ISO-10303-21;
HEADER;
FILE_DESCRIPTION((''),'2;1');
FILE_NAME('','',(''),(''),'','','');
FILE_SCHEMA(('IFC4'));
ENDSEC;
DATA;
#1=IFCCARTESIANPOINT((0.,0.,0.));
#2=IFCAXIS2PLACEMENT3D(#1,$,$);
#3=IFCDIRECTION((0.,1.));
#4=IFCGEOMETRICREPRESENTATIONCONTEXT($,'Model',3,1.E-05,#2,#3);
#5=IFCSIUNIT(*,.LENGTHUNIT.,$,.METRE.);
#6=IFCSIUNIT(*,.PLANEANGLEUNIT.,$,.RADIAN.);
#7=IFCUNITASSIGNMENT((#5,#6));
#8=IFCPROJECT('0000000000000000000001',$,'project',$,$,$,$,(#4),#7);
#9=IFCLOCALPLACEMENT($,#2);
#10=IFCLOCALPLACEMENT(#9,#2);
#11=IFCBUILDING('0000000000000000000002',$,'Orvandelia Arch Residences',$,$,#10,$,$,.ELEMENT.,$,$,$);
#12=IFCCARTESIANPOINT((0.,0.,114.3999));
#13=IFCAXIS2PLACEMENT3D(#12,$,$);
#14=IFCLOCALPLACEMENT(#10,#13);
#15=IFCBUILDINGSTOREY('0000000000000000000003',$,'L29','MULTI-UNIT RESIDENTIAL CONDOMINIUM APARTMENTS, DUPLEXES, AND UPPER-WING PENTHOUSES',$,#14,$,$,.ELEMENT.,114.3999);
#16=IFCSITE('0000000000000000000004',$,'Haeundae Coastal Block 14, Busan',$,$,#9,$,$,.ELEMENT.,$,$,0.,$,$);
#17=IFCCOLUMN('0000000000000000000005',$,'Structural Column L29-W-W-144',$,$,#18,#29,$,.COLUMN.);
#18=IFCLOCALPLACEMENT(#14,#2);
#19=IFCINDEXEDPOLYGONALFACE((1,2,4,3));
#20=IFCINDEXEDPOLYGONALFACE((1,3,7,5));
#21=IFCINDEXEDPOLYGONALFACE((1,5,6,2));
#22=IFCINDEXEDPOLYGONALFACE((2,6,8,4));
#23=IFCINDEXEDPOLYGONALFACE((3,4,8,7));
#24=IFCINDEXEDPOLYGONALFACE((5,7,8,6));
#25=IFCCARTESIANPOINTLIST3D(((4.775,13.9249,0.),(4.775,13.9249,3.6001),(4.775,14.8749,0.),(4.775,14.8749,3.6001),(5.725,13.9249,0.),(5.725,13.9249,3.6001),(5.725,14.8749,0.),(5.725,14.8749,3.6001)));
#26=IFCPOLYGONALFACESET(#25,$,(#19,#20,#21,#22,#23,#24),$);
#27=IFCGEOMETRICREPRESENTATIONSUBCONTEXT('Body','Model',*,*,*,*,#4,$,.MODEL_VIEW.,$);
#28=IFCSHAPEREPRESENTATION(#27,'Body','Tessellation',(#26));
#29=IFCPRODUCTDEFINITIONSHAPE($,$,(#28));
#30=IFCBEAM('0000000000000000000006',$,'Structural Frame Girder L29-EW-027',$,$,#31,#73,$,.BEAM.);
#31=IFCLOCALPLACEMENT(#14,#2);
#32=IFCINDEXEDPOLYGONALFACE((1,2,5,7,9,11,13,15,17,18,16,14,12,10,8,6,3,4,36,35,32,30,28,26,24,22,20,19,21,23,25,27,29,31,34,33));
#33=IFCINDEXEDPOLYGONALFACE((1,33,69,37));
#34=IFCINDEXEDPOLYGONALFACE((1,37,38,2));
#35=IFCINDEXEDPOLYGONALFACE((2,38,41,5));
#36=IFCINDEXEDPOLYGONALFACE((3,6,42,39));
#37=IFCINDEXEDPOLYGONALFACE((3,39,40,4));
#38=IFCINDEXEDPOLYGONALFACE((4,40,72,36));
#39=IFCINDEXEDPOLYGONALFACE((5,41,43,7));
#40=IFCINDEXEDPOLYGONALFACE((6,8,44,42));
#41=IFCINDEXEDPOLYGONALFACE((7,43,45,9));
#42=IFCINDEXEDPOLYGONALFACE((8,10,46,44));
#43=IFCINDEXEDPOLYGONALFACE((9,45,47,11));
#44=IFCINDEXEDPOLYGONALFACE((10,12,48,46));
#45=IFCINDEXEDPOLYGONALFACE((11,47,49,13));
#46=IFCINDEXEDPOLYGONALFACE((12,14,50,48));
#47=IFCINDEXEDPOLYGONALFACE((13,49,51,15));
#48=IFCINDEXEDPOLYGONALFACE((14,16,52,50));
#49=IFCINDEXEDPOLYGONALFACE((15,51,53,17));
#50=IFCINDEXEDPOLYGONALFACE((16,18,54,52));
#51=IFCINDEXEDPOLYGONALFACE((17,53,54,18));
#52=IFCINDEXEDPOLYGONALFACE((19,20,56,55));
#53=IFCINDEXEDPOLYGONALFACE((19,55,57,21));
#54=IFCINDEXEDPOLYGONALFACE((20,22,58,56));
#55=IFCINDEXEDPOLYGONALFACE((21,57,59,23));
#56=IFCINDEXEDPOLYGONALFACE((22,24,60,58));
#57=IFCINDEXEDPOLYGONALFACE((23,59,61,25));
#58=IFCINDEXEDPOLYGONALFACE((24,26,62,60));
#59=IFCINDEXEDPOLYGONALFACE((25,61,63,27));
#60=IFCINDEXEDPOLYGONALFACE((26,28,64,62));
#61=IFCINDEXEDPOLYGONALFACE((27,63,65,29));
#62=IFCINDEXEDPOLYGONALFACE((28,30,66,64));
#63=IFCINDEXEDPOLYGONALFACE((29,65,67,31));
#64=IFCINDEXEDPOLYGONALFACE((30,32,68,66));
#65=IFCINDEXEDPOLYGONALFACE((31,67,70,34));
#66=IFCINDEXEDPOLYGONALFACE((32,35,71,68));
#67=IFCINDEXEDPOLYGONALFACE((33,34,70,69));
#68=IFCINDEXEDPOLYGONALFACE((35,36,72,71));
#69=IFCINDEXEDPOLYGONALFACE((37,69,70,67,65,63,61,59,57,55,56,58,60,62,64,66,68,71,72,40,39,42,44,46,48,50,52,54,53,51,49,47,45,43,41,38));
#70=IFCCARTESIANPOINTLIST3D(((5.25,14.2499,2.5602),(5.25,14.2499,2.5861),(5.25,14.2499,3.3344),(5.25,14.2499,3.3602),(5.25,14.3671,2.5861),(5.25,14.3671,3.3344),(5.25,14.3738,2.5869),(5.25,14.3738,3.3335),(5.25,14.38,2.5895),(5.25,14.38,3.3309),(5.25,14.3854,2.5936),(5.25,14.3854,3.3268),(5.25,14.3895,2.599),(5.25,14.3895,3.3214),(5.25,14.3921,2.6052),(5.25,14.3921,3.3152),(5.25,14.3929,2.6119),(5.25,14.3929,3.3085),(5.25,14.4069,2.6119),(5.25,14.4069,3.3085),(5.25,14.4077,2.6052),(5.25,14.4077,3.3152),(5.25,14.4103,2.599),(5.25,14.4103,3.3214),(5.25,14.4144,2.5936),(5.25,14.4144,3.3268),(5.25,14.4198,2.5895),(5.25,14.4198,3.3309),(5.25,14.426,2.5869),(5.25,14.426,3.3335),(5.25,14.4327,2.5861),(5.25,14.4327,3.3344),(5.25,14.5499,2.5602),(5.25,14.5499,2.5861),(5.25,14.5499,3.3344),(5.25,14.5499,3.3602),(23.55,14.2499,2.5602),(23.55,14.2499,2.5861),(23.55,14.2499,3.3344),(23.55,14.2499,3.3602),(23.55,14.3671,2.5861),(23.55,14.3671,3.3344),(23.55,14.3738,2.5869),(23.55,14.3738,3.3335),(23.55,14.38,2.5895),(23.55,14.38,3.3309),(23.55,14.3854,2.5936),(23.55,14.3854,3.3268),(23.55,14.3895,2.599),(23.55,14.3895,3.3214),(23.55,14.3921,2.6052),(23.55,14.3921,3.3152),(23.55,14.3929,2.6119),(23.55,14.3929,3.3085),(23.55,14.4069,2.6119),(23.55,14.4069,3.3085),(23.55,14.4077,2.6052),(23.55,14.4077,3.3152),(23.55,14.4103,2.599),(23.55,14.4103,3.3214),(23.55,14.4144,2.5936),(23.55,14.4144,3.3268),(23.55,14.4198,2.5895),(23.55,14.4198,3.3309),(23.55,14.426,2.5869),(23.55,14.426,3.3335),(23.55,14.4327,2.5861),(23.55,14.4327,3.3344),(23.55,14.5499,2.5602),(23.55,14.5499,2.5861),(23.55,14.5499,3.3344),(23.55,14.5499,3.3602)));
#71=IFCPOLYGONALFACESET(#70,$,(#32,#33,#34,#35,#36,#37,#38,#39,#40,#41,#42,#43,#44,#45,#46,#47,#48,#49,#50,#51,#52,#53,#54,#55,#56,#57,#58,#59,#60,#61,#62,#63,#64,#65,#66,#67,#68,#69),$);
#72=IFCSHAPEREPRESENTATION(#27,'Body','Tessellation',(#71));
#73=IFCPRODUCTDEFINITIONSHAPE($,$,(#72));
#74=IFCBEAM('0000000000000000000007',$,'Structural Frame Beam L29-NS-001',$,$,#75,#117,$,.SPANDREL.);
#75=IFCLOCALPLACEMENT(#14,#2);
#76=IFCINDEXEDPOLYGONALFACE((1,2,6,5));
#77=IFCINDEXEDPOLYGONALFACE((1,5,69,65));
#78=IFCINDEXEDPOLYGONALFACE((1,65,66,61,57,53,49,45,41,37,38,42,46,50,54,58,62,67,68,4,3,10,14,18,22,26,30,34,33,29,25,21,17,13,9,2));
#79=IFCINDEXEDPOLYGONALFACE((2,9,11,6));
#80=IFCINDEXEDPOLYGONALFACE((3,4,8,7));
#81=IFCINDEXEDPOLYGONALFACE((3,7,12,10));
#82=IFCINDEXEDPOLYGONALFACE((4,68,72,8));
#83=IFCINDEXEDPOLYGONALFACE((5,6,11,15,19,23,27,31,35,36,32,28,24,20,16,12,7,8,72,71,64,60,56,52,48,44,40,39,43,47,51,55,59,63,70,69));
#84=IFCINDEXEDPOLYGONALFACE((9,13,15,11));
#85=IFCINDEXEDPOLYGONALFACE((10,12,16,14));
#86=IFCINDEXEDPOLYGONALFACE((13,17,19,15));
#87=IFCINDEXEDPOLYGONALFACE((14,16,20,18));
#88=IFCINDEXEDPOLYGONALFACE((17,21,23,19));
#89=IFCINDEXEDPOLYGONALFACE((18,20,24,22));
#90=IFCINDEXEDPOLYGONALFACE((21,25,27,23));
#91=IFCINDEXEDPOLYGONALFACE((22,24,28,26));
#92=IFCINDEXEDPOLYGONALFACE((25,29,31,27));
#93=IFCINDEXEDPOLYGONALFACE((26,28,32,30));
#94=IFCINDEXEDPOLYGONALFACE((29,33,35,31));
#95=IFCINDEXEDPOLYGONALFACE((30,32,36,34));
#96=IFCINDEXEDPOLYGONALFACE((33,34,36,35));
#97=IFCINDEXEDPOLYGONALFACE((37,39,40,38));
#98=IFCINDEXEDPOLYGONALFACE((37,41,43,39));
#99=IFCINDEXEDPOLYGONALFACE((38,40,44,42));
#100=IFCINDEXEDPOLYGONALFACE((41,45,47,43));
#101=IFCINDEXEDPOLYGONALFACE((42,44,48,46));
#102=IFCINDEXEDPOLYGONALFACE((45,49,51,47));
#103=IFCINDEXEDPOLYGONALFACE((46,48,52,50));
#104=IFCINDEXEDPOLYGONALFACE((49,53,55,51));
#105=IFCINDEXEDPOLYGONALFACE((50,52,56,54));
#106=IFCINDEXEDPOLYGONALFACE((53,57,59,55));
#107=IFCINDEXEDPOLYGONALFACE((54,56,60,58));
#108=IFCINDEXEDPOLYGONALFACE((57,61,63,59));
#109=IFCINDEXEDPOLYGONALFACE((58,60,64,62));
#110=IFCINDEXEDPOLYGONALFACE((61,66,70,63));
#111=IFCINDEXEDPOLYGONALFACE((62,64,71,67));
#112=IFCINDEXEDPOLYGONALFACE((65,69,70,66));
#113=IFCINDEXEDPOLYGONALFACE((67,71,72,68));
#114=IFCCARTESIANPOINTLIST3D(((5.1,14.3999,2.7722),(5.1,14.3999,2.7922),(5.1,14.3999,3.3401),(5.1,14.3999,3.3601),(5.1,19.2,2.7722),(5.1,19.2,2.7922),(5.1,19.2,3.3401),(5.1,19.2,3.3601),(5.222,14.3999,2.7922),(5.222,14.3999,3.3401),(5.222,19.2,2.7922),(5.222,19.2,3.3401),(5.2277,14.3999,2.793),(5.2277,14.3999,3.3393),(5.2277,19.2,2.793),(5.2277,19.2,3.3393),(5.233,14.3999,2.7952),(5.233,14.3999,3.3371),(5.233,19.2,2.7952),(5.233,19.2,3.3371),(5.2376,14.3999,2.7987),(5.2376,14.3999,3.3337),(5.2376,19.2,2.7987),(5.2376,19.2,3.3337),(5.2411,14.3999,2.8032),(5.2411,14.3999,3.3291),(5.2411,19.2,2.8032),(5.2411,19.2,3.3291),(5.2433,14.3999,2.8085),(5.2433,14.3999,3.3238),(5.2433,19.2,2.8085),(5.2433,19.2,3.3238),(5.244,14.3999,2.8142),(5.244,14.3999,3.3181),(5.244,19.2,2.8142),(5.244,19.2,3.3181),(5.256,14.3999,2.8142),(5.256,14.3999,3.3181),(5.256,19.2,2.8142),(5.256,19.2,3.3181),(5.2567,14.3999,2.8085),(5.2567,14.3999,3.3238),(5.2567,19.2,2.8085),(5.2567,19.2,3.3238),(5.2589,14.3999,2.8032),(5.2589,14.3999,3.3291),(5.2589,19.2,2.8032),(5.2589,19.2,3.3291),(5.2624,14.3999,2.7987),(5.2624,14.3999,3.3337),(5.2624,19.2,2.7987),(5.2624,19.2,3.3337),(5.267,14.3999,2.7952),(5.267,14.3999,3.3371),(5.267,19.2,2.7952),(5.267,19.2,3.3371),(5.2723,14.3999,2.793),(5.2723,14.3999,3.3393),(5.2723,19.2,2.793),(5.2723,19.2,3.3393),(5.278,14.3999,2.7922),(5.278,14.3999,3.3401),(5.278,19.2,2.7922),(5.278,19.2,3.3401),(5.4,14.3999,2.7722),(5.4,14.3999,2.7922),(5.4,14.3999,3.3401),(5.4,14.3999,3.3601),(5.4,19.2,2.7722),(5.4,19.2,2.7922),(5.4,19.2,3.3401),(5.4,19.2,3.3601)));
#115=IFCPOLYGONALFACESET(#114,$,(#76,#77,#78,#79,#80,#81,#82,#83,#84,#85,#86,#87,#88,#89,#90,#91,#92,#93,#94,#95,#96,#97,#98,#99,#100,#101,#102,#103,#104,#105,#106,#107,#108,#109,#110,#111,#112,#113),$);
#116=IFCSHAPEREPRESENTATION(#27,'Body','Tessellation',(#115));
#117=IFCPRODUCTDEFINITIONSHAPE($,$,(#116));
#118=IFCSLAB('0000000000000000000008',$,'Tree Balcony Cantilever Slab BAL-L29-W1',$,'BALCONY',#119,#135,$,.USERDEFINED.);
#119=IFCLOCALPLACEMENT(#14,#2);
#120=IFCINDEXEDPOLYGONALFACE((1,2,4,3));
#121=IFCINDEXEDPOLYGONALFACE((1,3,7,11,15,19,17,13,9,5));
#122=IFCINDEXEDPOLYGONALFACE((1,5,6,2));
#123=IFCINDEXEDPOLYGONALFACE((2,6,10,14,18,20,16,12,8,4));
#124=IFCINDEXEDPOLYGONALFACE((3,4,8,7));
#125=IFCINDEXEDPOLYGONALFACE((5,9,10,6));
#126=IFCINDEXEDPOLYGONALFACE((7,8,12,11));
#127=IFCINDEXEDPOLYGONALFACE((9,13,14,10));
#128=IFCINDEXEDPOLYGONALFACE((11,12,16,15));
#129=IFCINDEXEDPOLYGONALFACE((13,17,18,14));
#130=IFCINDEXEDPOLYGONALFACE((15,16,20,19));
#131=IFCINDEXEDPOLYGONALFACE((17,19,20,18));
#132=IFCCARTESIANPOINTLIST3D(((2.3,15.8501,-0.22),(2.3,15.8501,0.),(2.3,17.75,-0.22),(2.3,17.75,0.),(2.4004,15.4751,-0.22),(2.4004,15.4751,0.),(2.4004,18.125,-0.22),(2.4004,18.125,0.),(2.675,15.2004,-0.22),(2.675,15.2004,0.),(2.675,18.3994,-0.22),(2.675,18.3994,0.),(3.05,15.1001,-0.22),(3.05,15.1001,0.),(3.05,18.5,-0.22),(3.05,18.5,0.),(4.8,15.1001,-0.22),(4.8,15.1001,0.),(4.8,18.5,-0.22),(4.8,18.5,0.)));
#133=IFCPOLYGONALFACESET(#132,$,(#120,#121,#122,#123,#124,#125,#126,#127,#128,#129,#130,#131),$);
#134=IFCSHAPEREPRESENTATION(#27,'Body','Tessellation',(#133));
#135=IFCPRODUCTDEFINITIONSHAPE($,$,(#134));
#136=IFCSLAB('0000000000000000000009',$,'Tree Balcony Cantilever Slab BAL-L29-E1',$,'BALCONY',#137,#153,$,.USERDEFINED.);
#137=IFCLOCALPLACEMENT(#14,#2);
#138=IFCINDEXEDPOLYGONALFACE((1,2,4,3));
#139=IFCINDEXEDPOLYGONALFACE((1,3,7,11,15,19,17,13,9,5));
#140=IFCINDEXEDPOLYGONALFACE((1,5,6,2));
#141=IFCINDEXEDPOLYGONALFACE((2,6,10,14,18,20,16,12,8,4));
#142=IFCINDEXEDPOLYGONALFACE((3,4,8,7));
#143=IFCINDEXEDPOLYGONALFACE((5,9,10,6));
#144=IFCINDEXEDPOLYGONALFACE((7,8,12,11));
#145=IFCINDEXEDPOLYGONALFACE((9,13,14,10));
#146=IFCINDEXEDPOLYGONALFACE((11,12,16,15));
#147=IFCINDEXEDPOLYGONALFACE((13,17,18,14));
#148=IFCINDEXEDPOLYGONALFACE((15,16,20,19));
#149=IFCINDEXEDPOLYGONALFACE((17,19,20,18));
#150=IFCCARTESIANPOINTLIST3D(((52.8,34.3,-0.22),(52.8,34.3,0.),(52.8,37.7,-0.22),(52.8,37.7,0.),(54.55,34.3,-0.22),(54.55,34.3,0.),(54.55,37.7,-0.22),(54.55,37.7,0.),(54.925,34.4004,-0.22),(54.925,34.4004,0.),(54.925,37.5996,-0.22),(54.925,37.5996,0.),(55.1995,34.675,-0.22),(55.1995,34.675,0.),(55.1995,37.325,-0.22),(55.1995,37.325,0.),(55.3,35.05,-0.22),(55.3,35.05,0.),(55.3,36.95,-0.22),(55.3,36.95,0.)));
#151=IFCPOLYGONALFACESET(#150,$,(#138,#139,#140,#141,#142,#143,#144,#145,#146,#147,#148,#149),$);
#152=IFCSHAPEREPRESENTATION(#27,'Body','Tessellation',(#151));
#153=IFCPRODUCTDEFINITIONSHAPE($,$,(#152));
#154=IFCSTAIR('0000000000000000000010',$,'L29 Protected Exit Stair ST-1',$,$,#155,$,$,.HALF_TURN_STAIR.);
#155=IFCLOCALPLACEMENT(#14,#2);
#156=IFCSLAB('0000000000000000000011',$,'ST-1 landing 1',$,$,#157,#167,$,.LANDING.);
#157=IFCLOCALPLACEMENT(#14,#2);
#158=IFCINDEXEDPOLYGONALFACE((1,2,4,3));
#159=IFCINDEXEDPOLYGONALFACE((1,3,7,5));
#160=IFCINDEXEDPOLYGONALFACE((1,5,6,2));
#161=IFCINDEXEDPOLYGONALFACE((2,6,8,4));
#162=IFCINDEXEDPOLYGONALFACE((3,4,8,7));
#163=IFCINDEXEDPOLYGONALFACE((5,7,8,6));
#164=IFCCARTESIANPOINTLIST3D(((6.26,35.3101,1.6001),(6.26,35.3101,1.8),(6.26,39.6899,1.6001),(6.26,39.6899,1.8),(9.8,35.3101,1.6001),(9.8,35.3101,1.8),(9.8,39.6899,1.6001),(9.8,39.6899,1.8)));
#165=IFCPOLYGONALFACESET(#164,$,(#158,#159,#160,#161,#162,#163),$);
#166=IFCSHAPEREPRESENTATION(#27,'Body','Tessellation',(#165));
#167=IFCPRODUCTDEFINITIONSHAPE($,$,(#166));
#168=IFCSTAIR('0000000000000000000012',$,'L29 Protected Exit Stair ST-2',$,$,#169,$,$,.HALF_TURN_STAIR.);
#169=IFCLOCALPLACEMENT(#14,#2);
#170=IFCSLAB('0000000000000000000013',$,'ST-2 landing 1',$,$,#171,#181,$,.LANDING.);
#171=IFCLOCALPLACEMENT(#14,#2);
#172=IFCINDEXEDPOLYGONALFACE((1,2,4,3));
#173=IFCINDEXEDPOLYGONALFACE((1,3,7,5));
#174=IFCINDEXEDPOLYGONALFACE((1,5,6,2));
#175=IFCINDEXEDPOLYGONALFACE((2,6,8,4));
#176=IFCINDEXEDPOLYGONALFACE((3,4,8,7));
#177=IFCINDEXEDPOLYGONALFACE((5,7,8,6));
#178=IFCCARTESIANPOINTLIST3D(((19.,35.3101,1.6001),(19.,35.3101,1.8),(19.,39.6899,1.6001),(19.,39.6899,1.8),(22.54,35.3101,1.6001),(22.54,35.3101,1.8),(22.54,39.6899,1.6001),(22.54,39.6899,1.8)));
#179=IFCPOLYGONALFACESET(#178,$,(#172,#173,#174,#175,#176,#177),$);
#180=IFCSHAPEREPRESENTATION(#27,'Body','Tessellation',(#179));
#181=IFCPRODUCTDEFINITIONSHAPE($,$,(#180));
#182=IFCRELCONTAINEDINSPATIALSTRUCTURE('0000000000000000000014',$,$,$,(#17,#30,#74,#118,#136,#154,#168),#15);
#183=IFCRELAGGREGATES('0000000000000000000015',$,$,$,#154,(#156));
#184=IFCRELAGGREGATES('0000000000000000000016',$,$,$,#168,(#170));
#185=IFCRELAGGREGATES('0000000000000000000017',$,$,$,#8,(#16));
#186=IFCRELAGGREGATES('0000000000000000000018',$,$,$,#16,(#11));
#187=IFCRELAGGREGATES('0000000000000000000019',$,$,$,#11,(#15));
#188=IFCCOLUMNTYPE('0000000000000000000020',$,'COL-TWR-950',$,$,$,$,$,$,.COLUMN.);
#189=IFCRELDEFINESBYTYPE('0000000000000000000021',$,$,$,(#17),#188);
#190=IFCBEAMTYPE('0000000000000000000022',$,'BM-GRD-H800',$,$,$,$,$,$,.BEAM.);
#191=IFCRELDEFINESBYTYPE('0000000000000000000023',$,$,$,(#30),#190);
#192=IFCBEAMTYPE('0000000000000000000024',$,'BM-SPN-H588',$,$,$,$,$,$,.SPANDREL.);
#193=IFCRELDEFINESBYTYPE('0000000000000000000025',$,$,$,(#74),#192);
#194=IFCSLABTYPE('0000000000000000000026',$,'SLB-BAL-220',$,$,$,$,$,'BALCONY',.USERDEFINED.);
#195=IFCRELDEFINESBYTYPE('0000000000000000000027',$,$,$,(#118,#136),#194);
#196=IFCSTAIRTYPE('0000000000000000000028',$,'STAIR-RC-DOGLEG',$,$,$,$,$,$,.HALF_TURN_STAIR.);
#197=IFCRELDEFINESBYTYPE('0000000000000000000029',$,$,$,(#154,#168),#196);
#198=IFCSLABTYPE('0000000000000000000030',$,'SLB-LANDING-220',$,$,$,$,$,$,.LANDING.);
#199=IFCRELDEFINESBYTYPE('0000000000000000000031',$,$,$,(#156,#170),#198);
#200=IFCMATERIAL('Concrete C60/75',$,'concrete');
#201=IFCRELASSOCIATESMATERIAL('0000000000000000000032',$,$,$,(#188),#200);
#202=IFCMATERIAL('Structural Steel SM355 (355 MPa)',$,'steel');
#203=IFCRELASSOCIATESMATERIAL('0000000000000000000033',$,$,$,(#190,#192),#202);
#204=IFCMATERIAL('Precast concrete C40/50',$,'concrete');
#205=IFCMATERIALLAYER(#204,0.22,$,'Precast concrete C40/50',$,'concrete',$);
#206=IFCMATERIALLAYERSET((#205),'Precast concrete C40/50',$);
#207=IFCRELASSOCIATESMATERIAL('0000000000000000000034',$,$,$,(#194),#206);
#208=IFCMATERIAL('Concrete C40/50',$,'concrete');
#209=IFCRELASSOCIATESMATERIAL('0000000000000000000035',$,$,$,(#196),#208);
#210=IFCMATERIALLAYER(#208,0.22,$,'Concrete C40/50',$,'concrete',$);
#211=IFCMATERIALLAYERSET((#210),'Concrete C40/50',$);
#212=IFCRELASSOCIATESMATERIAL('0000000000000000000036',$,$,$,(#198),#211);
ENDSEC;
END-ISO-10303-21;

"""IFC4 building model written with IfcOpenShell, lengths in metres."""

from ifc_helpers import new_model, si_unit, direction, frame, origin, origin_2d, place, context, subcontext, project, spatial, polyline, rectangle, i_section, outline, extrude, material, layer, layer_set, material_profile, profile_set, type_object, element, aggregate, save


model = new_model("IFC4")

# Units and contexts
model_context = context("Model", 3, precision=1e-05, world=origin(), true_north=direction((0.0, 1.0)))
body_context = subcontext(model_context, "Body", "Model", "MODEL_VIEW")
ifc_project = project(units=[si_unit("LENGTHUNIT", "METRE"), si_unit("PLANEANGLEUNIT", "RADIAN")], contexts=[model_context])

# Site, building, storey
site_placement = place(None, origin())
site = spatial("IfcSite", under=ifc_project, at=site_placement, Name="Haeundae Coastal Block 14, Busan", CompositionType="ELEMENT", RefElevation=0.0)
building_placement = place(site_placement, origin())
building = spatial("IfcBuilding", under=site, at=building_placement, Name="Orvandelia Arch Residences", CompositionType="ELEMENT")
storey_placement = place(building_placement, frame((0.0, 0.0, 114.3999)))
storey = spatial("IfcBuildingStorey", under=building, at=storey_placement, Name="L29", Description="MULTI-UNIT RESIDENTIAL CONDOMINIUM APARTMENTS, DUPLEXES, AND UPPER-WING PENTHOUSES", CompositionType="ELEMENT", Elevation=114.3999)

# Column
ifc_material_1 = material(Name="Concrete C60/75", Category="concrete")
ifc_material_profile_1 = material_profile(ifc_material_1, rectangle(XDim=0.95, YDim=0.95, at=origin_2d()), Name="Concrete C60/75", Category="concrete")
ifc_profile_set_1 = profile_set([ifc_material_profile_1], Name="Concrete C60/75")
column_type = type_object("IfcColumnType", Name="COL-TWR-950", PredefinedType="COLUMN", material=ifc_profile_set_1)
column_placement = place(storey_placement, frame((5.25, 14.3999, 0.0), z_axis=(0.0, 0.0, 1.0), x_axis=(1.0, 0.0, 0.0)))
element("IfcColumn", 1, at=column_placement, inside=storey, type_object=column_type, Name="Structural Column L29-W-W-144", PredefinedType="COLUMN", context=body_context, shape_type="SweptSolid", body=[
    extrude(rectangle(XDim=0.95, YDim=0.95, at=origin_2d()), origin(), (0.0, 0.0, 1.0), 3.6001),
])

# Beams
ifc_material_2 = material(Name="Structural Steel SM355 (355 MPa)", Category="steel")
ifc_material_profile_2 = material_profile(ifc_material_2, i_section(OverallWidth=0.3, OverallDepth=0.8, WebThickness=0.0139, FlangeThickness=0.0259, FilletRadius=0.0259, at=origin_2d()), Name="Structural Steel SM355 (355 MPa)", Category="steel")
ifc_profile_set_2 = profile_set([ifc_material_profile_2], Name="Structural Steel SM355 (355 MPa)")
beam_type_1 = type_object("IfcBeamType", Name="BM-GRD-H800", PredefinedType="BEAM", material=ifc_profile_set_2)
beam_1_placement = place(storey_placement, frame((5.25, 14.3999, 2.9602), z_axis=(1.0, 0.0, 0.0), x_axis=(0.0, 1.0, 0.0)))
element("IfcBeam", 2, at=beam_1_placement, inside=storey, type_object=beam_type_1, Name="Structural Frame Girder L29-EW-027", PredefinedType="BEAM", context=body_context, shape_type="SweptSolid", body=[
    extrude(i_section(OverallWidth=0.3, OverallDepth=0.8, WebThickness=0.0139, FlangeThickness=0.0259, FilletRadius=0.0259, at=origin_2d()), origin(), (0.0, 0.0, 1.0), 18.3),
])
ifc_material_profile_3 = material_profile(ifc_material_2, i_section(OverallWidth=0.3, OverallDepth=0.5879, WebThickness=0.012, FlangeThickness=0.02, FilletRadius=0.022, at=origin_2d()), Name="Structural Steel SM355 (355 MPa)", Category="steel")
ifc_profile_set_3 = profile_set([ifc_material_profile_3], Name="Structural Steel SM355 (355 MPa)")
beam_type_2 = type_object("IfcBeamType", Name="BM-SPN-H588", PredefinedType="SPANDREL", material=ifc_profile_set_3)
beam_2_placement = place(storey_placement, frame((5.25, 14.3999, 3.0662), z_axis=(0.0, 1.0, 0.0), x_axis=(-1.0, 0.0, 0.0)))
element("IfcBeam", 3, at=beam_2_placement, inside=storey, type_object=beam_type_2, Name="Structural Frame Beam L29-NS-001", PredefinedType="SPANDREL", context=body_context, shape_type="SweptSolid", body=[
    extrude(i_section(OverallWidth=0.3, OverallDepth=0.5879, WebThickness=0.012, FlangeThickness=0.02, FilletRadius=0.022, at=origin_2d()), origin(), (0.0, 0.0, 1.0), 4.8),
])

# Slabs
ifc_material_3 = material(Name="Precast concrete C40/50", Category="concrete")
ifc_layer_1 = layer(ifc_material_3, 0.22, Name="Precast concrete C40/50", Category="concrete")
ifc_layer_set_1 = layer_set([ifc_layer_1], Name="Precast concrete C40/50")
slab_type_1 = type_object("IfcSlabType", Name="SLB-BAL-220", ElementType="BALCONY", PredefinedType="USERDEFINED", material=ifc_layer_set_1)
slab_1_placement = place(storey_placement, frame((0.0, 0.0, -0.22)))
element("IfcSlab", 4, at=slab_1_placement, inside=storey, type_object=slab_type_1, Name="Tree Balcony Cantilever Slab BAL-L29-W1", ObjectType="BALCONY", PredefinedType="USERDEFINED", context=body_context, shape_type="SweptSolid", body=[
    extrude(outline(polyline([(4.8, 15.1001), (4.8, 18.5), (3.05, 18.5), (2.675, 18.3994), (2.4004, 18.125), (2.3, 17.75), (2.3, 15.8501), (2.4004, 15.4751), (2.675, 15.2004), (3.05, 15.1001), (4.8, 15.1001)])), origin(), (0.0, 0.0, 1.0), 0.22),
])
slab_2_placement = place(storey_placement, frame((0.0, 0.0, -0.22)))
element("IfcSlab", 5, at=slab_2_placement, inside=storey, type_object=slab_type_1, Name="Tree Balcony Cantilever Slab BAL-L29-E1", ObjectType="BALCONY", PredefinedType="USERDEFINED", context=body_context, shape_type="SweptSolid", body=[
    extrude(outline(polyline([(52.8, 37.7), (52.8, 34.3), (54.55, 34.3), (54.925, 34.4004), (55.1995, 34.675), (55.3, 35.05), (55.3, 36.95), (55.1995, 37.325), (54.925, 37.5996), (54.55, 37.7), (52.8, 37.7)])), origin(), (0.0, 0.0, 1.0), 0.22),
])

# Stairs, slabs
ifc_material_4 = material(Name="Concrete C40/50", Category="concrete")
stair_type = type_object("IfcStairType", Name="STAIR-RC-DOGLEG", PredefinedType="HALF_TURN_STAIR", material=ifc_material_4)
stair_1_placement = place(storey_placement, origin())
stair_1 = element("IfcStair", 6, at=stair_1_placement, inside=storey, type_object=stair_type, Name="L29 Protected Exit Stair ST-1", PredefinedType="HALF_TURN_STAIR")
ifc_layer_2 = layer(ifc_material_4, 0.22, Name="Concrete C40/50", Category="concrete")
ifc_layer_set_2 = layer_set([ifc_layer_2], Name="Concrete C40/50")
slab_type_2 = type_object("IfcSlabType", Name="SLB-LANDING-220", PredefinedType="LANDING", material=ifc_layer_set_2)
slab_3_placement = place(storey_placement, frame((0.0, 0.0, 1.6001)))
slab_3 = element("IfcSlab", 7, at=slab_3_placement, type_object=slab_type_2, Name="ST-1 landing 1", PredefinedType="LANDING", context=body_context, shape_type="SweptSolid", body=[
    extrude(outline(polyline([(9.8, 35.3101), (9.8, 39.6899), (6.26, 39.6899), (6.26, 35.3101), (9.8, 35.3101)])), origin(), (0.0, 0.0, 1.0), 0.2),
])
aggregate(stair_1, [slab_3])
stair_2_placement = place(storey_placement, origin())
stair_2 = element("IfcStair", 8, at=stair_2_placement, inside=storey, type_object=stair_type, Name="L29 Protected Exit Stair ST-2", PredefinedType="HALF_TURN_STAIR")
slab_4_placement = place(storey_placement, frame((0.0, 0.0, 1.6001)))
slab_4 = element("IfcSlab", 9, at=slab_4_placement, type_object=slab_type_2, Name="ST-2 landing 1", PredefinedType="LANDING", context=body_context, shape_type="SweptSolid", body=[
    extrude(outline(polyline([(22.54, 35.3101), (22.54, 39.6899), (19.0, 39.6899), (19.0, 35.3101), (22.54, 35.3101)])), origin(), (0.0, 0.0, 1.0), 0.2),
])
aggregate(stair_2, [slab_4])

save(model, "model.ifc")
